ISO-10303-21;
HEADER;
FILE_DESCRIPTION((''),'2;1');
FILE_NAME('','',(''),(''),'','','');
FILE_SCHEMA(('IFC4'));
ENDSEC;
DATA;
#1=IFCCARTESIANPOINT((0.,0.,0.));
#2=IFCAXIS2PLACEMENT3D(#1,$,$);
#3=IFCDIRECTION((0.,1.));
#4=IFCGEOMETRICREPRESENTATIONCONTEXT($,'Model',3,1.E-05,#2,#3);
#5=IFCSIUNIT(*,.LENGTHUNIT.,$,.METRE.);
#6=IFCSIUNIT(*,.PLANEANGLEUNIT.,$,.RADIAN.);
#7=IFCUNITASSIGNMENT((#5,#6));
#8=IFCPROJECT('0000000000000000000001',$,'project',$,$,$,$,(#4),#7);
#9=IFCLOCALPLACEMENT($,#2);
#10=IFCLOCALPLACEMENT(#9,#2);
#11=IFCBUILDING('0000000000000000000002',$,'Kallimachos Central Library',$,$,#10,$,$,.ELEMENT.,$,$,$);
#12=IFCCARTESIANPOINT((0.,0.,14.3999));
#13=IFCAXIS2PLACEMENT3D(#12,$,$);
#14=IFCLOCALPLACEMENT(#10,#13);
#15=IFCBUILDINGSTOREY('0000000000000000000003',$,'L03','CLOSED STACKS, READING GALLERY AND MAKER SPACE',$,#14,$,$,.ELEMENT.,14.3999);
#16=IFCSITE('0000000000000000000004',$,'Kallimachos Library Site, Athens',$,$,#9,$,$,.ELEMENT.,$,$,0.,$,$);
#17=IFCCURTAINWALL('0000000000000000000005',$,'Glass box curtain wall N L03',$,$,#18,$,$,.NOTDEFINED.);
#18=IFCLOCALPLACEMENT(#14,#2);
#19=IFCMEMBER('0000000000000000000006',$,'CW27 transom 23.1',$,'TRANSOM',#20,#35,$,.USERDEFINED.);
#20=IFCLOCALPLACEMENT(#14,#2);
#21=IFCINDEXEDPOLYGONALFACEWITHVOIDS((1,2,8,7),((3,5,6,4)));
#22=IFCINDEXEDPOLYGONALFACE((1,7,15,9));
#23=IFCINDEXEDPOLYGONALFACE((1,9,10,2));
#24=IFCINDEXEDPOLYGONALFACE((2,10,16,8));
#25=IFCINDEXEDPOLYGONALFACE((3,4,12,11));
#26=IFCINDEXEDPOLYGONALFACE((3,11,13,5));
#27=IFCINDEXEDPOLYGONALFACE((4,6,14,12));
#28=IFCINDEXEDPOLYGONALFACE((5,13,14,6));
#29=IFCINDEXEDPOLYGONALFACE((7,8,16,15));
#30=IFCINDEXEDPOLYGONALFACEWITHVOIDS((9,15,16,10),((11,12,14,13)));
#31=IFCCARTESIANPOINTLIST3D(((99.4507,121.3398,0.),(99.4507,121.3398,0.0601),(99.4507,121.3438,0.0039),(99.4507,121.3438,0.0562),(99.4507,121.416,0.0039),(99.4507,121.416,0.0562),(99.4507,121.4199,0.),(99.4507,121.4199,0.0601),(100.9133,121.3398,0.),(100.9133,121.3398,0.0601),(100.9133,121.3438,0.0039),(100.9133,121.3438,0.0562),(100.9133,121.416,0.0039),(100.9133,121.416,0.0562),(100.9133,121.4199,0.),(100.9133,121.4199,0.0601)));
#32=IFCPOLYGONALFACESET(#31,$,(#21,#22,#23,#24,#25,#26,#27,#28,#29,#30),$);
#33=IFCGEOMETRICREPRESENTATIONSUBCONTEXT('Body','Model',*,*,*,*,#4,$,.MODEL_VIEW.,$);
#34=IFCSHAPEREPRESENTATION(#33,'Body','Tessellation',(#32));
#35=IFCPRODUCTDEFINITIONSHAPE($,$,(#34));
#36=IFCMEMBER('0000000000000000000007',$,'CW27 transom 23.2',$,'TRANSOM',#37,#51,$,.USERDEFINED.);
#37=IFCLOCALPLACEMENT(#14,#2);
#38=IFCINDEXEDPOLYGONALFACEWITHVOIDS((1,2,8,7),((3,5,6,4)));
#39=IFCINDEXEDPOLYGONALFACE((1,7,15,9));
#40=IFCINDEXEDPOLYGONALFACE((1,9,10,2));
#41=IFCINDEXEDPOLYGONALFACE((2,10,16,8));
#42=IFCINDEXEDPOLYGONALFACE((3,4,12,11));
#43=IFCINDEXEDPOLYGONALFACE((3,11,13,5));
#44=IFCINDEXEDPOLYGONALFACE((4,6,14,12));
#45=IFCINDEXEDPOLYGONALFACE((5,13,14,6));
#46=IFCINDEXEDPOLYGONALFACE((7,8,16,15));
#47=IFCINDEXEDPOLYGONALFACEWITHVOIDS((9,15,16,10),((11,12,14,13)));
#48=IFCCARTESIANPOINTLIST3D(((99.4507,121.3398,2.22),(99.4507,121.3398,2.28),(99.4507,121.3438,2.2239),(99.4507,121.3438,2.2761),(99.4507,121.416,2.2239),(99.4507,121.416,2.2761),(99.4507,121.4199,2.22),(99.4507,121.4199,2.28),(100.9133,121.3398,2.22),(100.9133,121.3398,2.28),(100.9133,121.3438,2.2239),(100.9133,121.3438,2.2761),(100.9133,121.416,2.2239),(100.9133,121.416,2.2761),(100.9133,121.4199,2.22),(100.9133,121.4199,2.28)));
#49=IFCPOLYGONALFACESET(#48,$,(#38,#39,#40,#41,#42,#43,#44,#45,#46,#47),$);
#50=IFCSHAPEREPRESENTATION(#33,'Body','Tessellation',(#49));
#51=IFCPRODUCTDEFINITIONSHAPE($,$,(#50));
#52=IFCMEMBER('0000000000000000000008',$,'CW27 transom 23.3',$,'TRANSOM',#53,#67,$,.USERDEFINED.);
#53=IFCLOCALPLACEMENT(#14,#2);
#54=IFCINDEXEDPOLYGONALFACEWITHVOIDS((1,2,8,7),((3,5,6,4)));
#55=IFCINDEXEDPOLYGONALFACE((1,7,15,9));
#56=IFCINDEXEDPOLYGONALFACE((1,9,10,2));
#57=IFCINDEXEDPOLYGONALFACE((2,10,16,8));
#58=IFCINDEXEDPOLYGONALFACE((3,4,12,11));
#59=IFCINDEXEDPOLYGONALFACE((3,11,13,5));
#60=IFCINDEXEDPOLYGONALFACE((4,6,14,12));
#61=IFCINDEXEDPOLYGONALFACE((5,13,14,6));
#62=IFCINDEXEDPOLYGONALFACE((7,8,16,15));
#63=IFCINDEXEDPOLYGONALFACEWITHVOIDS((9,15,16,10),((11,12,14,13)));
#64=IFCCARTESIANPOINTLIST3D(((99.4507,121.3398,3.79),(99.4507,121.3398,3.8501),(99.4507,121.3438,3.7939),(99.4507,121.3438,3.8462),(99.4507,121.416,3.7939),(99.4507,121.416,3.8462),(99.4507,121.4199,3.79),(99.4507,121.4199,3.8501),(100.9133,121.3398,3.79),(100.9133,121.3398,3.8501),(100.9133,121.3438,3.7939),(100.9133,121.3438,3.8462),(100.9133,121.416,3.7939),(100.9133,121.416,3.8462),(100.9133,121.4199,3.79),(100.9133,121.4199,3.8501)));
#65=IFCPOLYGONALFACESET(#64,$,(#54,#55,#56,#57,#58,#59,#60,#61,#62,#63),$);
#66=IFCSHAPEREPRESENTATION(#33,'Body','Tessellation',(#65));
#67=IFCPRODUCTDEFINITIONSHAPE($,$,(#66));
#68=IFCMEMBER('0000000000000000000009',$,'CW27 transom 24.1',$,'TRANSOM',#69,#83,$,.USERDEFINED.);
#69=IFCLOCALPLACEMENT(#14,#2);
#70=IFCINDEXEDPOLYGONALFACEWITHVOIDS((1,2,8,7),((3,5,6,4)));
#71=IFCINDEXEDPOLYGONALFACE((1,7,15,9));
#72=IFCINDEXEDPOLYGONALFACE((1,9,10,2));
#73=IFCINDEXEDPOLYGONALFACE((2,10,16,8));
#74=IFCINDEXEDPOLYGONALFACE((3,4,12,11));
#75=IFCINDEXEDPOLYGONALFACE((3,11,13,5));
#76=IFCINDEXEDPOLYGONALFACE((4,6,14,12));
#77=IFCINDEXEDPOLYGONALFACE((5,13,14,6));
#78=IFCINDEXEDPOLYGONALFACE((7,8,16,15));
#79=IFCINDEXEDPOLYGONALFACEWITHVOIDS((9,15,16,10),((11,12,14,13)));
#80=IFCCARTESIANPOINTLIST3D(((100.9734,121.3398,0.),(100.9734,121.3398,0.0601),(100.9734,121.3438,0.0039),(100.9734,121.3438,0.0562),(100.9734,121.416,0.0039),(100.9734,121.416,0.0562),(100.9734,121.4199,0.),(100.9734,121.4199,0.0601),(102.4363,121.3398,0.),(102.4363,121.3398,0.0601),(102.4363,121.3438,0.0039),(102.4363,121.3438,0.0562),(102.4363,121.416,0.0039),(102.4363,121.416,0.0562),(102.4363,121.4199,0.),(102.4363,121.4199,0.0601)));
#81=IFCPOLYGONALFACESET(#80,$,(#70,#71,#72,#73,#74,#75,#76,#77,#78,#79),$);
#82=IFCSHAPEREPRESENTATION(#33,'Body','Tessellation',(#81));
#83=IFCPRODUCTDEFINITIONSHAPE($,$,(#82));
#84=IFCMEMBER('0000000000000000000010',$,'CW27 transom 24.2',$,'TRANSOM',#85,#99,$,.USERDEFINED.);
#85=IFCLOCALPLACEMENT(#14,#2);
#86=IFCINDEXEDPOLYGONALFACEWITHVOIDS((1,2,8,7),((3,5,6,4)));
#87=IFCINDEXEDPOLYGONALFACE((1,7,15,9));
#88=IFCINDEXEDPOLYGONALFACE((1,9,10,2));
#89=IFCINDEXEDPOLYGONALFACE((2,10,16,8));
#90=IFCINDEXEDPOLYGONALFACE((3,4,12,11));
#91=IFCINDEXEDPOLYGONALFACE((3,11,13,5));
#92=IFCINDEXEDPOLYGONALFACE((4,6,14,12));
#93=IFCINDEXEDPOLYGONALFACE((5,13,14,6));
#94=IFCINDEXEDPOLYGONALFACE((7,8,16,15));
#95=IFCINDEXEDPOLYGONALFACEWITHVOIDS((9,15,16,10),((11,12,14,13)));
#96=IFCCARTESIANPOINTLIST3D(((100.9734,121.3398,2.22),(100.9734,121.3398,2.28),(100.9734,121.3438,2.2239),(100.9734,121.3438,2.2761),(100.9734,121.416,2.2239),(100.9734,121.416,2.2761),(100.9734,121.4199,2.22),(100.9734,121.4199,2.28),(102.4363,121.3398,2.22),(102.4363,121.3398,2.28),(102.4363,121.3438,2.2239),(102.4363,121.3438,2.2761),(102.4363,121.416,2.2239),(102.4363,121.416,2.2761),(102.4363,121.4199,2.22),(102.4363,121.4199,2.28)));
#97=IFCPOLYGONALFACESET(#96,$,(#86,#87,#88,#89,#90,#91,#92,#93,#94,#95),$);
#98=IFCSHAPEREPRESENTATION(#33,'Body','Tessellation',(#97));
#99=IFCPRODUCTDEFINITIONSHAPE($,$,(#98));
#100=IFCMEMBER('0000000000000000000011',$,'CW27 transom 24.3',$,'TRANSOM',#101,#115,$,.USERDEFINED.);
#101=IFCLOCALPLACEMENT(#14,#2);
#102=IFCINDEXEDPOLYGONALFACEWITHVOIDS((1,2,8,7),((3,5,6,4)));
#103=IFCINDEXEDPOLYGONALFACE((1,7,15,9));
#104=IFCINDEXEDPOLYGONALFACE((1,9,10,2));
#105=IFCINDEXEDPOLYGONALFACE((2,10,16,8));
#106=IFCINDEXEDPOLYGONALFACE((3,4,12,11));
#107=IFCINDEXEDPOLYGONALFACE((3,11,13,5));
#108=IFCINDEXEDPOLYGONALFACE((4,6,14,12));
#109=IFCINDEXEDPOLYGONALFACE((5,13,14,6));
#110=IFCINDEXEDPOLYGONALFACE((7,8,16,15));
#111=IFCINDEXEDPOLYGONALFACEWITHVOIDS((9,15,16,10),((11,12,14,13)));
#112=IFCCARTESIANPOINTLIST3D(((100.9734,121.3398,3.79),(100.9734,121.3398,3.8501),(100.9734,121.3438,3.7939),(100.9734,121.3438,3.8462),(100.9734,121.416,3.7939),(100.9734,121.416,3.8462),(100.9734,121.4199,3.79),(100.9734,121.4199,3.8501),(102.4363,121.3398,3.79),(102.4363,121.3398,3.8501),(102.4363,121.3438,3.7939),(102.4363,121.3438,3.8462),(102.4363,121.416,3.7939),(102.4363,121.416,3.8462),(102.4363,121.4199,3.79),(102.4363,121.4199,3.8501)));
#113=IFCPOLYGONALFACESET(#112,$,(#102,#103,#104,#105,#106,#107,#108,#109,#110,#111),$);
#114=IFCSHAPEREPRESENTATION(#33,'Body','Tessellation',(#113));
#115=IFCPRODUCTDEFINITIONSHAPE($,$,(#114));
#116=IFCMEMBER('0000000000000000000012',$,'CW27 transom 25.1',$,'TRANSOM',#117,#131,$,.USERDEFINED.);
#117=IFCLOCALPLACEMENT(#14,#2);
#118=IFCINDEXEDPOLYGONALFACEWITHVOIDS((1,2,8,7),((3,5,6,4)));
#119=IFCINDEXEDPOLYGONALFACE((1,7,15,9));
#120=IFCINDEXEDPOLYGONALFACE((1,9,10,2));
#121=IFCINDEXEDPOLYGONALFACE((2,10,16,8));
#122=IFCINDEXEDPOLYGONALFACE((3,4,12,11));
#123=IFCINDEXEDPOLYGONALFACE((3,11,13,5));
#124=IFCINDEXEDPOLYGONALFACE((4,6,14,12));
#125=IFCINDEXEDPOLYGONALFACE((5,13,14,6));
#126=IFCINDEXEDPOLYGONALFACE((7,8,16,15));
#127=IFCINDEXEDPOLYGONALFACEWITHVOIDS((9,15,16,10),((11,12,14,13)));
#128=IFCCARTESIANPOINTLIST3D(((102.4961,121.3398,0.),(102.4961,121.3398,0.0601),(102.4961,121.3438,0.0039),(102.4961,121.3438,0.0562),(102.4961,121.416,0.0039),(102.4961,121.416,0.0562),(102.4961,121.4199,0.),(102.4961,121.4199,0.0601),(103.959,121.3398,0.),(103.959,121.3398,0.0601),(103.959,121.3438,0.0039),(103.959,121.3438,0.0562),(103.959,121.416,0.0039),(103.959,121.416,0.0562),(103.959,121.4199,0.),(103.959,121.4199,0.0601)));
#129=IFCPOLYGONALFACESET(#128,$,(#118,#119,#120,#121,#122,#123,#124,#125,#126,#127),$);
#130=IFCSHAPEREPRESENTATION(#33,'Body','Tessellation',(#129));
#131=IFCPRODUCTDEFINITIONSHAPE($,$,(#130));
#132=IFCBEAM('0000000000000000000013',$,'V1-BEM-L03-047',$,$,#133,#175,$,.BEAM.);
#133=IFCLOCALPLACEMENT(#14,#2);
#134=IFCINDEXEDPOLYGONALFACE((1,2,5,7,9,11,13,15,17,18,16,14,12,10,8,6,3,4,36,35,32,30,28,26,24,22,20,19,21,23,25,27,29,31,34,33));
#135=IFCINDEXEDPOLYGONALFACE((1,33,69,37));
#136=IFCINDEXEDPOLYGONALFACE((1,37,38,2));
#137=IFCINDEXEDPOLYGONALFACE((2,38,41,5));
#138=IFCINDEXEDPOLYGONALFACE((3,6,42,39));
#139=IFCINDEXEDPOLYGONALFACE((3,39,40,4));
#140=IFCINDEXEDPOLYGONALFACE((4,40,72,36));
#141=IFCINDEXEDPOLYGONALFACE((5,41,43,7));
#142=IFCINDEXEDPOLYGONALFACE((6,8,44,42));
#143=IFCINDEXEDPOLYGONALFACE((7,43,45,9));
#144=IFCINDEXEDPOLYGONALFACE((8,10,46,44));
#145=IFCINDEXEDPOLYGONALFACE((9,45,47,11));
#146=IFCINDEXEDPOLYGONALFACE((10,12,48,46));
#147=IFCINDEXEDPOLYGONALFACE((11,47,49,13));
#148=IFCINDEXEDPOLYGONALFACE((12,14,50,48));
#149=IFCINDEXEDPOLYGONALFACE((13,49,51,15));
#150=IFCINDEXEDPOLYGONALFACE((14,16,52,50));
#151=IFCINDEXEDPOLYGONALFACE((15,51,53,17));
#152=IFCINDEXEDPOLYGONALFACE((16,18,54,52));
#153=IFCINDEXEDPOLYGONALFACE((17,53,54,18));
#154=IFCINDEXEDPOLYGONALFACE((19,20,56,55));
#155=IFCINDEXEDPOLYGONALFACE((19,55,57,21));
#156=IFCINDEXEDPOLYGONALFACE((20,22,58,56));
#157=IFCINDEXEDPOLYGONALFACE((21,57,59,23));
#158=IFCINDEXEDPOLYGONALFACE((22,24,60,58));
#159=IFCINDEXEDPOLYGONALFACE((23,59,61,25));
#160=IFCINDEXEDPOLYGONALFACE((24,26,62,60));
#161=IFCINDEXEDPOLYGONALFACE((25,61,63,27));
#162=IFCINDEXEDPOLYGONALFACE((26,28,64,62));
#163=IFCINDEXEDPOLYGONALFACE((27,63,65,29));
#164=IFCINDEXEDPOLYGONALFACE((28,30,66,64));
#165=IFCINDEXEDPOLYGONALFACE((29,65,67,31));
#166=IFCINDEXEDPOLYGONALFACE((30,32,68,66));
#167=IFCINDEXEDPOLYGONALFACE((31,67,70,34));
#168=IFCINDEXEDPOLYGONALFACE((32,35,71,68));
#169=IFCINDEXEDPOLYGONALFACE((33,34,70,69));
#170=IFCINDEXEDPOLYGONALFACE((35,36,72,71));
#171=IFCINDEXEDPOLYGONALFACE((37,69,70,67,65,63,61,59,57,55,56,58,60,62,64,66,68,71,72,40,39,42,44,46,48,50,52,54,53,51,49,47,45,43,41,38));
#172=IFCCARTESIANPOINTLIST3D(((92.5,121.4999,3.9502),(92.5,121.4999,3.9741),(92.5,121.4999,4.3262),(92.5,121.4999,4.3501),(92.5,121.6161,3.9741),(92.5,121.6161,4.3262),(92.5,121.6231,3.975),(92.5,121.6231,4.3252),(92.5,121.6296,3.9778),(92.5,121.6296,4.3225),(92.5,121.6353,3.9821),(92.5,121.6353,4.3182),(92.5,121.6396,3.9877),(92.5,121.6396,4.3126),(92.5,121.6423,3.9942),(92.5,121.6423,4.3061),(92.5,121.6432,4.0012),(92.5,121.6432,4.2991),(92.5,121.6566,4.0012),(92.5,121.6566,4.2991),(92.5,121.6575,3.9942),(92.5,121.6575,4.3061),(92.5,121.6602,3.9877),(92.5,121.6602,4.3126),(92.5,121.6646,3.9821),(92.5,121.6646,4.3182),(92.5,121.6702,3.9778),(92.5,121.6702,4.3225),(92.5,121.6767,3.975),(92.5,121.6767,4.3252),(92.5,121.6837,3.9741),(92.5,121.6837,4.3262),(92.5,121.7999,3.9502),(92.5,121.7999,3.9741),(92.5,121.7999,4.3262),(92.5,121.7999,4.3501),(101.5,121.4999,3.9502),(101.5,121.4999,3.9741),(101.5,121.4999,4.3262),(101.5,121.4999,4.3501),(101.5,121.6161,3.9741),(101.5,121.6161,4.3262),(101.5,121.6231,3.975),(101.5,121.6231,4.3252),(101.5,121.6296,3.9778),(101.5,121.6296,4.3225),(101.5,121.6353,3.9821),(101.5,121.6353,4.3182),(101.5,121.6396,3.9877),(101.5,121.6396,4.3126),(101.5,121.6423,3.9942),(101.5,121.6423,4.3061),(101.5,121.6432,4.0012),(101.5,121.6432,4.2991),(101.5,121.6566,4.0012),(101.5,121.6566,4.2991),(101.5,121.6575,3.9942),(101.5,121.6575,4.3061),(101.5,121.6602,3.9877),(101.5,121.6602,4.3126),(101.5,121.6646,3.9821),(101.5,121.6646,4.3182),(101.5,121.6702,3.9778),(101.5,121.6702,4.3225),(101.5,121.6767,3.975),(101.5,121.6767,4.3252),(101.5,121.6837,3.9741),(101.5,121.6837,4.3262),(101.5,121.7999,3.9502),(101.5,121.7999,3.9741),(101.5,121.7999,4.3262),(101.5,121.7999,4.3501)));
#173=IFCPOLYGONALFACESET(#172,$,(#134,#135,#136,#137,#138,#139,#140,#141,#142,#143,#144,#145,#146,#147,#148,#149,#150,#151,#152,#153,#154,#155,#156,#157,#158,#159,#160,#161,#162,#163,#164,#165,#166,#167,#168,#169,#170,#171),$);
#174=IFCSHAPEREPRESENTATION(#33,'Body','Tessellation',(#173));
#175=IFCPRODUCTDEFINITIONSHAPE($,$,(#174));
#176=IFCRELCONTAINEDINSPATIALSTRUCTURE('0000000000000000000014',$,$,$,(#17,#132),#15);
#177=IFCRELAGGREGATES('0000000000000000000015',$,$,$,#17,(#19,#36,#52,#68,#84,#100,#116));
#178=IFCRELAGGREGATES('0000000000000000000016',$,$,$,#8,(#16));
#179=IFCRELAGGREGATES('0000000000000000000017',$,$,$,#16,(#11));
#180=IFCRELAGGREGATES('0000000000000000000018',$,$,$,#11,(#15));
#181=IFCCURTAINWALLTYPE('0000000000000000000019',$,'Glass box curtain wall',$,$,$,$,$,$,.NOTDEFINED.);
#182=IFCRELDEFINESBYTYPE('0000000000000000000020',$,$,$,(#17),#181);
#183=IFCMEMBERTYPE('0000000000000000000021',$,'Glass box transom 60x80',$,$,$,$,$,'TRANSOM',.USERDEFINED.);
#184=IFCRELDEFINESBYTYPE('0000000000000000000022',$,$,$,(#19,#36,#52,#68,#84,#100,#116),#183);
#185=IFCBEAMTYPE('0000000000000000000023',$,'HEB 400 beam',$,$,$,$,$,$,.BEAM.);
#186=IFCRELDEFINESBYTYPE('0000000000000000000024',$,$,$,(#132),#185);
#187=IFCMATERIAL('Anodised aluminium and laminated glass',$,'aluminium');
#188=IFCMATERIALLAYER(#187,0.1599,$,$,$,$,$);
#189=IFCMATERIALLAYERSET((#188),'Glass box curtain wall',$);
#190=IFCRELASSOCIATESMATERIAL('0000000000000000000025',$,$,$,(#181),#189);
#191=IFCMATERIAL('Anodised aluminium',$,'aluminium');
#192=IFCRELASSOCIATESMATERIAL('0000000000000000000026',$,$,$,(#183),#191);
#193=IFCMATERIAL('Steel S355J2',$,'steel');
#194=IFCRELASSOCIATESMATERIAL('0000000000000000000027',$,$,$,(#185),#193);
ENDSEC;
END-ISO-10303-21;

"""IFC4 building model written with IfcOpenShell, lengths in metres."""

from ifc_helpers import new_model, si_unit, direction, frame, origin, origin_2d, place, context, subcontext, project, spatial, hollow_rectangle, i_section, extrude, material, layer, layer_set, material_profile, profile_set, type_object, element, aggregate, save


model = new_model("IFC4")

# Units and contexts
model_context = context("Model", 3, precision=1e-05, world=origin(), true_north=direction((0.0, 1.0)))
body_context = subcontext(model_context, "Body", "Model", "MODEL_VIEW")
ifc_project = project(units=[si_unit("LENGTHUNIT", "METRE"), si_unit("PLANEANGLEUNIT", "RADIAN")], contexts=[model_context])

# Site, building, storey
site_placement = place(None, origin())
site = spatial("IfcSite", under=ifc_project, at=site_placement, Name="Kallimachos Library Site, Athens", CompositionType="ELEMENT", RefElevation=0.0)
building_placement = place(site_placement, origin())
building = spatial("IfcBuilding", under=site, at=building_placement, Name="Kallimachos Central Library", CompositionType="ELEMENT")
storey_placement = place(building_placement, frame((0.0, 0.0, 14.3999)))
storey = spatial("IfcBuildingStorey", under=building, at=storey_placement, Name="L03", Description="CLOSED STACKS, READING GALLERY AND MAKER SPACE", CompositionType="ELEMENT", Elevation=14.3999)

# Curtain wall, members
ifc_material_1 = material(Name="Anodised aluminium and laminated glass", Category="aluminium")
ifc_layer_1 = layer(ifc_material_1, 0.1599)
ifc_layer_set_1 = layer_set([ifc_layer_1], Name="Glass box curtain wall")
curtain_wall_type = type_object("IfcCurtainWallType", Name="Glass box curtain wall", PredefinedType="NOTDEFINED", material=ifc_layer_set_1)
curtain_wall_placement = place(storey_placement, origin())
curtain_wall = element("IfcCurtainWall", 1, at=curtain_wall_placement, inside=storey, type_object=curtain_wall_type, Name="Glass box curtain wall N L03", PredefinedType="NOTDEFINED")
ifc_material_2 = material(Name="Anodised aluminium", Category="aluminium")
ifc_material_profile_1 = material_profile(ifc_material_2, hollow_rectangle(XDim=0.0601, YDim=0.0801, WallThickness=0.0039, at=origin_2d()), Name="ALU TRANSOM 60x80")
ifc_profile_set_1 = profile_set([ifc_material_profile_1], Name="Anodised aluminium")
member_type_1 = type_object("IfcMemberType", Name="Glass box transom 60x80", ElementType="TRANSOM", PredefinedType="USERDEFINED", material=ifc_profile_set_1)
member_1_placement = place(storey_placement, frame((99.4507, 121.3799, 0.03), z_axis=(1.0, 0.0, 0.0), x_axis=(0.0, 0.0, 1.0)))
member_1 = element("IfcMember", 2, at=member_1_placement, type_object=member_type_1, Name="CW27 transom 23.1", ObjectType="TRANSOM", PredefinedType="USERDEFINED", context=body_context, shape_type="SweptSolid", body=[
    extrude(hollow_rectangle(XDim=0.0601, YDim=0.0801, WallThickness=0.0039, at=origin_2d()), origin(), (0.0, 0.0, 1.0), 1.4626),
])
member_2_placement = place(storey_placement, frame((99.4507, 121.3799, 2.25), z_axis=(1.0, 0.0, 0.0), x_axis=(0.0, 0.0, 1.0)))
member_2 = element("IfcMember", 3, at=member_2_placement, type_object=member_type_1, Name="CW27 transom 23.2", ObjectType="TRANSOM", PredefinedType="USERDEFINED", context=body_context, shape_type="SweptSolid", body=[
    extrude(hollow_rectangle(XDim=0.0601, YDim=0.0801, WallThickness=0.0039, at=origin_2d()), origin(), (0.0, 0.0, 1.0), 1.4626),
])
member_3_placement = place(storey_placement, frame((99.4507, 121.3799, 3.8201), z_axis=(1.0, 0.0, 0.0), x_axis=(0.0, 0.0, 1.0)))
member_3 = element("IfcMember", 4, at=member_3_placement, type_object=member_type_1, Name="CW27 transom 23.3", ObjectType="TRANSOM", PredefinedType="USERDEFINED", context=body_context, shape_type="SweptSolid", body=[
    extrude(hollow_rectangle(XDim=0.0601, YDim=0.0801, WallThickness=0.0039, at=origin_2d()), origin(), (0.0, 0.0, 1.0), 1.4626),
])
member_4_placement = place(storey_placement, frame((100.9734, 121.3799, 0.03), z_axis=(1.0, 0.0, 0.0), x_axis=(0.0, 0.0, 1.0)))
member_4 = element("IfcMember", 5, at=member_4_placement, type_object=member_type_1, Name="CW27 transom 24.1", ObjectType="TRANSOM", PredefinedType="USERDEFINED", context=body_context, shape_type="SweptSolid", body=[
    extrude(hollow_rectangle(XDim=0.0601, YDim=0.0801, WallThickness=0.0039, at=origin_2d()), origin(), (0.0, 0.0, 1.0), 1.4629),
])
member_5_placement = place(storey_placement, frame((100.9734, 121.3799, 2.25), z_axis=(1.0, 0.0, 0.0), x_axis=(0.0, 0.0, 1.0)))
member_5 = element("IfcMember", 6, at=member_5_placement, type_object=member_type_1, Name="CW27 transom 24.2", ObjectType="TRANSOM", PredefinedType="USERDEFINED", context=body_context, shape_type="SweptSolid", body=[
    extrude(hollow_rectangle(XDim=0.0601, YDim=0.0801, WallThickness=0.0039, at=origin_2d()), origin(), (0.0, 0.0, 1.0), 1.4629),
])
member_6_placement = place(storey_placement, frame((100.9734, 121.3799, 3.8201), z_axis=(1.0, 0.0, 0.0), x_axis=(0.0, 0.0, 1.0)))
member_6 = element("IfcMember", 7, at=member_6_placement, type_object=member_type_1, Name="CW27 transom 24.3", ObjectType="TRANSOM", PredefinedType="USERDEFINED", context=body_context, shape_type="SweptSolid", body=[
    extrude(hollow_rectangle(XDim=0.0601, YDim=0.0801, WallThickness=0.0039, at=origin_2d()), origin(), (0.0, 0.0, 1.0), 1.4629),
])
member_7_placement = place(storey_placement, frame((102.4961, 121.3799, 0.03), z_axis=(1.0, 0.0, 0.0), x_axis=(0.0, 0.0, 1.0)))
member_7 = element("IfcMember", 8, at=member_7_placement, type_object=member_type_1, Name="CW27 transom 25.1", ObjectType="TRANSOM", PredefinedType="USERDEFINED", context=body_context, shape_type="SweptSolid", body=[
    extrude(hollow_rectangle(XDim=0.0601, YDim=0.0801, WallThickness=0.0039, at=origin_2d()), origin(), (0.0, 0.0, 1.0), 1.4629),
])

# Beam
ifc_material_3 = material(Name="Steel S355J2", Category="steel")
ifc_material_profile_2 = material_profile(ifc_material_3, i_section(OverallWidth=0.3, OverallDepth=0.3999, WebThickness=0.0134, FlangeThickness=0.0239, FilletRadius=0.0271, at=origin_2d()), Name="HEB 400")
ifc_profile_set_2 = profile_set([ifc_material_profile_2], Name="Steel S355J2")
beam_type = type_object("IfcBeamType", Name="HEB 400 beam", PredefinedType="BEAM", material=ifc_profile_set_2)
for number, where, z_axis, x_axis, name in (
    (9, (92.5, 121.6499, 4.1501), (1.0, 0.0, 0.0), (0.0, 1.0, 0.0), "V1-BEM-L03-047"),
):
    element("IfcBeam", number, at=place(storey_placement, frame(where, z_axis=z_axis, x_axis=x_axis)), inside=storey, type_object=beam_type, Name=name, PredefinedType="BEAM", context=body_context, shape_type="SweptSolid", body=[
        extrude(i_section(OverallWidth=0.3, OverallDepth=0.3999, WebThickness=0.0134, FlangeThickness=0.0239, FilletRadius=0.0271, at=origin_2d()), origin(), (0.0, 0.0, 1.0), 9.0),
    ])

aggregate(curtain_wall, [member_1, member_2, member_3, member_4, member_5, member_6, member_7])

save(model, "model.ifc")
